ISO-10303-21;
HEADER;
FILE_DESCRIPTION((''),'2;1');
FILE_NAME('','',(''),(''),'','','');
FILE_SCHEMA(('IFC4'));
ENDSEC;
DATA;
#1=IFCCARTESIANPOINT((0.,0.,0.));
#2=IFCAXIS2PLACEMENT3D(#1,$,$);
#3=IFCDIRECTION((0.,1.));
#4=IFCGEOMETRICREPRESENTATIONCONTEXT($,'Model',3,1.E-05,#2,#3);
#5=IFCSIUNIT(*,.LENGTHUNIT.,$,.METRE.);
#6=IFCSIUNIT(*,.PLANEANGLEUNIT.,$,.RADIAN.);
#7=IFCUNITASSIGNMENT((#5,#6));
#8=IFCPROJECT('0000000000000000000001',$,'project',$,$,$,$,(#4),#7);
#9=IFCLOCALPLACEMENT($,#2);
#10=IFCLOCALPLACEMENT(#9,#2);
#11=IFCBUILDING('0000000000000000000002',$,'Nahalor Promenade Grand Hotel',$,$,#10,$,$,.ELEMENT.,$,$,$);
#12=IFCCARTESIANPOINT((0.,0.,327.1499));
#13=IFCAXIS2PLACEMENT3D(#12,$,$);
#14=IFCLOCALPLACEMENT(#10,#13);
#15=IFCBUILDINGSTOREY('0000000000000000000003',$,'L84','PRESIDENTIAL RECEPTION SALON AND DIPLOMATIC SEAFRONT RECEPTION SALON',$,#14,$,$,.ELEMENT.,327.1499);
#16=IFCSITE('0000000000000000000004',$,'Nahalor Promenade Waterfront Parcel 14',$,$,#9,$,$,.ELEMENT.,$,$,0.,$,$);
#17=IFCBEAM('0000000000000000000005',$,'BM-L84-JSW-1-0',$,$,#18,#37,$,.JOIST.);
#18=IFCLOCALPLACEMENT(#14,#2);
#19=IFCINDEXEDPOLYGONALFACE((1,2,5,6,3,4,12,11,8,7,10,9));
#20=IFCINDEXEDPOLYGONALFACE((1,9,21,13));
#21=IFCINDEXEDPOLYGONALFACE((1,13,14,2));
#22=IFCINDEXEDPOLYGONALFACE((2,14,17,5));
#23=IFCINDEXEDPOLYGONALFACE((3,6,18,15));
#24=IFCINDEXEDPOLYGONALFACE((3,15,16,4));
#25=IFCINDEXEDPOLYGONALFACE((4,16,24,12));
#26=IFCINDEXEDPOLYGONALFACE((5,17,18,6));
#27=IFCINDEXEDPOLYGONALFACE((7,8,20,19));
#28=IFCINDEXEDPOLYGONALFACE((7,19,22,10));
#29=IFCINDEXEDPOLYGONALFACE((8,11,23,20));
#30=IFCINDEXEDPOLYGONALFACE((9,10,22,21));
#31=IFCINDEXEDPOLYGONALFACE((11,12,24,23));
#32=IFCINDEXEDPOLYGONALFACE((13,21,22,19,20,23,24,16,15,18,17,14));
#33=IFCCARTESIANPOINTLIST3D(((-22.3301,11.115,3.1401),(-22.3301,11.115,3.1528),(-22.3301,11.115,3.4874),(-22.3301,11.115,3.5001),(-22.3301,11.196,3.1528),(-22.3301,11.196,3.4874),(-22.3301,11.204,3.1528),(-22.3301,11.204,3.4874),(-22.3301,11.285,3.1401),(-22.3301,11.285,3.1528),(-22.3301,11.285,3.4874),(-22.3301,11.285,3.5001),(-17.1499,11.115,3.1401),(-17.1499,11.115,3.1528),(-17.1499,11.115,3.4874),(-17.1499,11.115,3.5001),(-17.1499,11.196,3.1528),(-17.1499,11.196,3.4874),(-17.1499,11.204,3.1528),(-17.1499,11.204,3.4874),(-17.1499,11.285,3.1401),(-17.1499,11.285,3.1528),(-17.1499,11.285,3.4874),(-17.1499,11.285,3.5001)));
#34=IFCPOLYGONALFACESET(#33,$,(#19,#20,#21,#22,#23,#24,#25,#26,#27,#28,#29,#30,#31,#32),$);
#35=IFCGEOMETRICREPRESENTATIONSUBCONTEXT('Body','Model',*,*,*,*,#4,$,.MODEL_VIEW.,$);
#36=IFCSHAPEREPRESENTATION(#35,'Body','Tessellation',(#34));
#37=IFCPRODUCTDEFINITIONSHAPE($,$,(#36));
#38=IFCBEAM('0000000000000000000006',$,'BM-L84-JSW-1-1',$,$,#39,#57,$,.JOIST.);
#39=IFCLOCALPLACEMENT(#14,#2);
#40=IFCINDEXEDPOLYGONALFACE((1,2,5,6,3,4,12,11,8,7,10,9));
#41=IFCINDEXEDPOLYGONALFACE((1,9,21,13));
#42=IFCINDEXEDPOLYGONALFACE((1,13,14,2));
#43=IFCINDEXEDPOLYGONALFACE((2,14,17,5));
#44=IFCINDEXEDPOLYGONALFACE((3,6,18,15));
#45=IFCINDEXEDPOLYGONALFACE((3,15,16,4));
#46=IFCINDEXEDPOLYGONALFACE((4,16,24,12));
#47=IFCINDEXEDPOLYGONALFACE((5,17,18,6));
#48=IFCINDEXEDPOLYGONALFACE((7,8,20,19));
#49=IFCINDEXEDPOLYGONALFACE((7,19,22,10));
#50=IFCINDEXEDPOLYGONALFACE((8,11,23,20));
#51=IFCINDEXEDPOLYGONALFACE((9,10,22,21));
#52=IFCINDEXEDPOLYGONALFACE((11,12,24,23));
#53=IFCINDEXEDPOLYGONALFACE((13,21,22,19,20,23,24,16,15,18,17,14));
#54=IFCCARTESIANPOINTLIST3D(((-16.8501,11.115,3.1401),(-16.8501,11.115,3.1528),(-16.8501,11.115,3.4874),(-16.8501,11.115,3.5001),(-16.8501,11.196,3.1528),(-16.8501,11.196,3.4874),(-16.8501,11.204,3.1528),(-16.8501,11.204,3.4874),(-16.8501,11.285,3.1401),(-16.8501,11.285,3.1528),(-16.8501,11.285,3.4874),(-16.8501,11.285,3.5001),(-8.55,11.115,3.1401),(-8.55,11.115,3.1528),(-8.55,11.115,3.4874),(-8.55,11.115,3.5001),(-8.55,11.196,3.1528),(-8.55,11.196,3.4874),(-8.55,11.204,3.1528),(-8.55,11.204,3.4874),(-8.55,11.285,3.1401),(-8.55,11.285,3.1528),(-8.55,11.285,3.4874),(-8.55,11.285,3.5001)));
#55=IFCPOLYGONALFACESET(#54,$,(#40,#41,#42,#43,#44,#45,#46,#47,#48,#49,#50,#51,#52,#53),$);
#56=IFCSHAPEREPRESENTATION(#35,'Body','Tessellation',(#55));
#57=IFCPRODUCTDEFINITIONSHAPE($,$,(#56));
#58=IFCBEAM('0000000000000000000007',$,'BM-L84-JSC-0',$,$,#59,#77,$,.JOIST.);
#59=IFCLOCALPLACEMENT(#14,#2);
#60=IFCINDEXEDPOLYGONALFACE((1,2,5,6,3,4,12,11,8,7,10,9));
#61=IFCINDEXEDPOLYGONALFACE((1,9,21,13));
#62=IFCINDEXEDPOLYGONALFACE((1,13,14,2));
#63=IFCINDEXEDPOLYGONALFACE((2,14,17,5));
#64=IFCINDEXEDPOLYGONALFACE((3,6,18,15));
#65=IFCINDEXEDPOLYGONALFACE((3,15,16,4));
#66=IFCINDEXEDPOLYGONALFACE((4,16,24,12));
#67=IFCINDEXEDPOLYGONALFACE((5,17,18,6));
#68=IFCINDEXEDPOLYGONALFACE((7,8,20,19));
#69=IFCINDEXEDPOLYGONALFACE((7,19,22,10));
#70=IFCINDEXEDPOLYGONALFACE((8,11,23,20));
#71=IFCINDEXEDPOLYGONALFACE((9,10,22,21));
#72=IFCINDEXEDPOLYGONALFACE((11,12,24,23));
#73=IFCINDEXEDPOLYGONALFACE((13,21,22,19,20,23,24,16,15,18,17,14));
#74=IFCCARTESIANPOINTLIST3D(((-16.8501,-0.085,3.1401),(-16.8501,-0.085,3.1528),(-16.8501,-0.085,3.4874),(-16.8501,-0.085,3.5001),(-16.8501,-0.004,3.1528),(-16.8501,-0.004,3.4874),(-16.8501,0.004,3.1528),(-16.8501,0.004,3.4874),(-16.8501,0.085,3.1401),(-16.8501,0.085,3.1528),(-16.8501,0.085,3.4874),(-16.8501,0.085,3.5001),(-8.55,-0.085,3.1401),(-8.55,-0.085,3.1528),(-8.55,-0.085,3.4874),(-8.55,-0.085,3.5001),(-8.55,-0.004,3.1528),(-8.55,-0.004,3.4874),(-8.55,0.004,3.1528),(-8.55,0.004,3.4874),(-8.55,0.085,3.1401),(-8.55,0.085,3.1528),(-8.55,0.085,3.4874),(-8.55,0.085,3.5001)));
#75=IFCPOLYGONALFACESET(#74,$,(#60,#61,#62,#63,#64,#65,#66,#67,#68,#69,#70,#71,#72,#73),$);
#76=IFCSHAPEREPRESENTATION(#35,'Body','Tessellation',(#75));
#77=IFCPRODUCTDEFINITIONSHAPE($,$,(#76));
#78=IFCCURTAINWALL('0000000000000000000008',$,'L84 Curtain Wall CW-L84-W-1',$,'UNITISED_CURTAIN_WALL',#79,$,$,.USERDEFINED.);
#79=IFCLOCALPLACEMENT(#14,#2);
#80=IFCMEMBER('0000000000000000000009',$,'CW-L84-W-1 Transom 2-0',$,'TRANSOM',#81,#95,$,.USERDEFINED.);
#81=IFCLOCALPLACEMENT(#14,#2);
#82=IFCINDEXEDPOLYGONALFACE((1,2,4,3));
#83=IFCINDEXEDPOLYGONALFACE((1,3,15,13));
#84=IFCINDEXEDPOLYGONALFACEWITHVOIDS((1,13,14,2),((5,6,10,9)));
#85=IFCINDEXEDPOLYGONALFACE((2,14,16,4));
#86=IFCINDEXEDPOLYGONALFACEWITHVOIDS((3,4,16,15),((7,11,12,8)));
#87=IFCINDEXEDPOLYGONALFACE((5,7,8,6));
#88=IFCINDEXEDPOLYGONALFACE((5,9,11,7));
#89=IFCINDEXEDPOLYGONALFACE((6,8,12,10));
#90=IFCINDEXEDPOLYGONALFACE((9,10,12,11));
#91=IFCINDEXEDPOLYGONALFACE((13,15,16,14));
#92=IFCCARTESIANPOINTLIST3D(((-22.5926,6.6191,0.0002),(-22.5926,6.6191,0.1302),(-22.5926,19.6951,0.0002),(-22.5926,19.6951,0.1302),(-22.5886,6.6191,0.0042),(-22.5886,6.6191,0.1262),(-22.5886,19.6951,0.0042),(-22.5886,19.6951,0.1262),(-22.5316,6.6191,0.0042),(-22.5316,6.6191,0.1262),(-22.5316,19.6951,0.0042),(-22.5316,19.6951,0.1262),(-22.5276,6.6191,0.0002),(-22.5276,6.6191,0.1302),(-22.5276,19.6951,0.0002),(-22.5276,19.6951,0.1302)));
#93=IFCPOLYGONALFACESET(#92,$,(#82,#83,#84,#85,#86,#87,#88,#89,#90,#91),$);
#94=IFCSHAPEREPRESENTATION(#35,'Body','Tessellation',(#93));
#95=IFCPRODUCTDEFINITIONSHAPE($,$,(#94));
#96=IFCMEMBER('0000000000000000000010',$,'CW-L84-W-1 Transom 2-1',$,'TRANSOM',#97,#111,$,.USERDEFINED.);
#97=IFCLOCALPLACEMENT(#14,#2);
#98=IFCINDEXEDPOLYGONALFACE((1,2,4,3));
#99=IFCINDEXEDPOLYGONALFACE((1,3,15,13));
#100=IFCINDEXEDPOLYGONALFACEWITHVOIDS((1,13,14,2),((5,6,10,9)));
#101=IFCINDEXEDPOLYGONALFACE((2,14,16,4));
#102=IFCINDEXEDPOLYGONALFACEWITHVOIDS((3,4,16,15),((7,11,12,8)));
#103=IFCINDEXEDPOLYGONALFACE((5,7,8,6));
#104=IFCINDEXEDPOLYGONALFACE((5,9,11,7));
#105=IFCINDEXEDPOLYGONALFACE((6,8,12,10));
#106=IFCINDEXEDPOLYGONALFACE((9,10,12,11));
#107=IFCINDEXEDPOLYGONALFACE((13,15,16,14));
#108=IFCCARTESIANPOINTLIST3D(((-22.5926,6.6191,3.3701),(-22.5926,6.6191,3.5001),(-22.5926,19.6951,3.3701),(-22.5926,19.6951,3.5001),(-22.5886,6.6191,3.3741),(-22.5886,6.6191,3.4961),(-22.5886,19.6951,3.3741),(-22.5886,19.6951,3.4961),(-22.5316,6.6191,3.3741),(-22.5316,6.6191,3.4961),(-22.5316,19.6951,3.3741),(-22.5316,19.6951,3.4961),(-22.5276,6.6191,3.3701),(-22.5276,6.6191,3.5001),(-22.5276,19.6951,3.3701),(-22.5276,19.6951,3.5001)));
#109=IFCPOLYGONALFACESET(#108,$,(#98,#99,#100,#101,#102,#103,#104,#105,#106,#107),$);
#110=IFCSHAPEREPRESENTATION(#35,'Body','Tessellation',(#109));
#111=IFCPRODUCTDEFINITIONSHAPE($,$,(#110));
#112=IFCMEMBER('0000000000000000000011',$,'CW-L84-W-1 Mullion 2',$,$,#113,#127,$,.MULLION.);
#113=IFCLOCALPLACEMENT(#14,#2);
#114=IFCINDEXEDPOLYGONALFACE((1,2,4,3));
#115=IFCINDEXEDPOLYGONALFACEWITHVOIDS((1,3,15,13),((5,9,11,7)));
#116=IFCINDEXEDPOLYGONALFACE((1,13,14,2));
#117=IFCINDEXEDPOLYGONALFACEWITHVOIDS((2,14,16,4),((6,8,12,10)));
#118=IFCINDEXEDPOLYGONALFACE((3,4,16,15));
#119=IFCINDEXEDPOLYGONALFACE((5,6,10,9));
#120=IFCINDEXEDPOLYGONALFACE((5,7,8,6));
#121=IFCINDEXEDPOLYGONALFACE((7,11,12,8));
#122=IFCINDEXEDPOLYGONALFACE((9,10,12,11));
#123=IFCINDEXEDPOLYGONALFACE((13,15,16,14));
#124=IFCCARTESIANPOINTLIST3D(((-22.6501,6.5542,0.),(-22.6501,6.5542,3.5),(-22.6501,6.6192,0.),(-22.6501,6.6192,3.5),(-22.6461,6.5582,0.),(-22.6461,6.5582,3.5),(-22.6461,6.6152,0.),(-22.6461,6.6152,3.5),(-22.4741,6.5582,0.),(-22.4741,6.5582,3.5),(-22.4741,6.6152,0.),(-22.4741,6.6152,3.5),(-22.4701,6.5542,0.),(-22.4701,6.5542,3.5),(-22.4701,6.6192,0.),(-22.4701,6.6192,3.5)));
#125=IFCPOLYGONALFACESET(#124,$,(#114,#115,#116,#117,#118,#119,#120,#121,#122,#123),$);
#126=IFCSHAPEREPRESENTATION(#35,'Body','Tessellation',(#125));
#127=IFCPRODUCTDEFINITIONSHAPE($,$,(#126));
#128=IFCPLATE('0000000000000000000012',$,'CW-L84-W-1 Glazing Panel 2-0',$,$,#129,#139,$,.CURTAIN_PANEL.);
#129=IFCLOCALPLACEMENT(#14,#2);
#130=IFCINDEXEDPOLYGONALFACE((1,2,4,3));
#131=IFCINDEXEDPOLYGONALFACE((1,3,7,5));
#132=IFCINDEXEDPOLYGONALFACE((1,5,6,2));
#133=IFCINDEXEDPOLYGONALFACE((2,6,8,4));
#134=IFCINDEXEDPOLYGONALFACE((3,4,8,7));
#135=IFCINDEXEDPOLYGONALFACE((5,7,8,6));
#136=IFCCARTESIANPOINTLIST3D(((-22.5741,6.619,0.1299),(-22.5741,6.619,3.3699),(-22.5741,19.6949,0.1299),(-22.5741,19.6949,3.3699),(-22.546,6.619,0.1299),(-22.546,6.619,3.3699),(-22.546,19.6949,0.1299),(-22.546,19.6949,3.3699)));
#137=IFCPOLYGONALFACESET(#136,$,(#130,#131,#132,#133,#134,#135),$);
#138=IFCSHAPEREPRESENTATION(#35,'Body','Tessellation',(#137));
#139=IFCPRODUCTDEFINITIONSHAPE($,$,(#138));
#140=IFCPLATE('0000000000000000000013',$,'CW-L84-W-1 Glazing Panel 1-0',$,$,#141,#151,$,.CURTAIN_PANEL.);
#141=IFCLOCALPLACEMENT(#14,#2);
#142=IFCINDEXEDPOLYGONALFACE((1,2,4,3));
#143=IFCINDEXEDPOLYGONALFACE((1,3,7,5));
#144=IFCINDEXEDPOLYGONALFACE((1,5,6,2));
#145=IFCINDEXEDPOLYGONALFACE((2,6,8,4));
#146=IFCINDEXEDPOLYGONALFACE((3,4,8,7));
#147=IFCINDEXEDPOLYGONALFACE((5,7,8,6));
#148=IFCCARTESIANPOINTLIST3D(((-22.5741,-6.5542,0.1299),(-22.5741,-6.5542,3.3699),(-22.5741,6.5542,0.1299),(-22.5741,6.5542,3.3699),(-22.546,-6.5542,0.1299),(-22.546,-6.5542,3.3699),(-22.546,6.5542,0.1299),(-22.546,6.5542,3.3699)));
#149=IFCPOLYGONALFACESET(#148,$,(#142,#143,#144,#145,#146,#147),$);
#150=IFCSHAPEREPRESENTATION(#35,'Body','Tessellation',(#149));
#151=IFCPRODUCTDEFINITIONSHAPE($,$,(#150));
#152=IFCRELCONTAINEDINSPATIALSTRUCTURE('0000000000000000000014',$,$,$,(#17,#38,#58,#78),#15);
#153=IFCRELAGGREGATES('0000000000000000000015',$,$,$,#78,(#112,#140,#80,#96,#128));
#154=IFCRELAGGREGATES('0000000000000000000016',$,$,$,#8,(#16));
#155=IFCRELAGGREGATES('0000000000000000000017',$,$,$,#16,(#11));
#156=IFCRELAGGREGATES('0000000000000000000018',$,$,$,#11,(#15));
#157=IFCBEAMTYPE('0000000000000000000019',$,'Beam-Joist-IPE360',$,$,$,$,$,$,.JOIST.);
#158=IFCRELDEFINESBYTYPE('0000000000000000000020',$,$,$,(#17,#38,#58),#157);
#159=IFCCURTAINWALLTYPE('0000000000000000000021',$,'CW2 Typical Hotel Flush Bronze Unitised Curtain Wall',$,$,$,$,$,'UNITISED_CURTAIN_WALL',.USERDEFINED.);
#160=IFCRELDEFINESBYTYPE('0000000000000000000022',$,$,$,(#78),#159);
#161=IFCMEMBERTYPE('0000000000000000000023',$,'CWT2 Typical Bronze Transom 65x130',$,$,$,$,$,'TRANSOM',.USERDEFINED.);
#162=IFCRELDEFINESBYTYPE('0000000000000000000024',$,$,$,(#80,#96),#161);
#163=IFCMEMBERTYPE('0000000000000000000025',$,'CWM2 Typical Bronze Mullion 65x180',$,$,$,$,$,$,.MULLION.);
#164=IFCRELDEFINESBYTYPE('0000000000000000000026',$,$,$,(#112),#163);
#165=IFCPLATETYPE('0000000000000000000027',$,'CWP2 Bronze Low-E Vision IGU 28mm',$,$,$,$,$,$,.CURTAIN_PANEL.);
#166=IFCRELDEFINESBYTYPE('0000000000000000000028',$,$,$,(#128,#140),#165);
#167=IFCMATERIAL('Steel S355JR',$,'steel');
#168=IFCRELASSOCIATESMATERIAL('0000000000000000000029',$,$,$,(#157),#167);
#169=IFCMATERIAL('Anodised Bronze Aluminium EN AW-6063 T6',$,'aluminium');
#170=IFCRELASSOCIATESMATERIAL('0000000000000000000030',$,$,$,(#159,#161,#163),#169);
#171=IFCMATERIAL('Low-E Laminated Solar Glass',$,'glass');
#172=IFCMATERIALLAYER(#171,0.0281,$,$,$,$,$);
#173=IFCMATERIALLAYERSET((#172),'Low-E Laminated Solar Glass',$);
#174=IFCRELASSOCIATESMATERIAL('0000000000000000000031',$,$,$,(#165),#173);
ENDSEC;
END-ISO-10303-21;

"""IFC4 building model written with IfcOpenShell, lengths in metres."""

from ifc_helpers import new_model, si_unit, direction, frame, origin, origin_2d, place, context, subcontext, project, spatial, rectangle, hollow_rectangle, i_section, extrude, source, transform, mapped, material, layer, layer_set, material_profile, profile_set, type_object, element, aggregate, save


model = new_model("IFC4")

# Units and contexts
model_context = context("Model", 3, precision=1e-05, world=origin(), true_north=direction((0.0, 1.0)))
body_context = subcontext(model_context, "Body", "Model", "MODEL_VIEW")
ifc_project = project(units=[si_unit("LENGTHUNIT", "METRE"), si_unit("PLANEANGLEUNIT", "RADIAN")], contexts=[model_context])

# Site, building, storey
site_placement = place(None, origin())
site = spatial("IfcSite", under=ifc_project, at=site_placement, Name="Nahalor Promenade Waterfront Parcel 14", CompositionType="ELEMENT", RefElevation=0.0)
building_placement = place(site_placement, origin())
building = spatial("IfcBuilding", under=site, at=building_placement, Name="Nahalor Promenade Grand Hotel", CompositionType="ELEMENT")
storey_placement = place(building_placement, frame((0.0, 0.0, 327.1499)))
storey = spatial("IfcBuildingStorey", under=building, at=storey_placement, Name="L84", Description="PRESIDENTIAL RECEPTION SALON AND DIPLOMATIC SEAFRONT RECEPTION SALON", CompositionType="ELEMENT", Elevation=327.1499)

# Shared definitions
ifc_material_1 = material(Name="Steel S355JR", Category="steel")

# Beams
ifc_material_profile_1 = material_profile(ifc_material_1, i_section(OverallWidth=0.17, OverallDepth=0.36, WebThickness=0.008, FlangeThickness=0.0127, at=origin_2d()), Name="IPE 360")
ifc_profile_set_1 = profile_set([ifc_material_profile_1], Name="Steel S355JR")
beam_type_1 = type_object("IfcBeamType", Name="Beam-Joist-IPE360", PredefinedType="JOIST", material=ifc_profile_set_1)
shared_shape_1 = source(origin(), body_context, "Body", "SweptSolid", [
    extrude(i_section(OverallWidth=0.17, OverallDepth=0.36, WebThickness=0.008, FlangeThickness=0.0127, at=origin_2d()), origin(), (0.0, 0.0, 1.0), 5.1802),
])
beam_1_placement = place(storey_placement, frame((-22.3301, 11.2, 3.3201), z_axis=(1.0, 0.0, 0.0), x_axis=(0.0, 1.0, 0.0)))
element("IfcBeam", 1, at=beam_1_placement, inside=storey, type_object=beam_type_1, Name="BM-L84-JSW-1-0", PredefinedType="JOIST", context=body_context, shape_type="MappedRepresentation", body=[
    mapped(shared_shape_1, transform((0.0, 0.0, 0.0), scale=1.0)),
])
shared_shape_2 = source(origin(), body_context, "Body", "SweptSolid", [
    extrude(i_section(OverallWidth=0.17, OverallDepth=0.36, WebThickness=0.008, FlangeThickness=0.0127, at=origin_2d()), origin(), (0.0, 0.0, 1.0), 8.3),
])
for number, where, z_axis, x_axis, name in (
    (2, (-16.8501, 11.2, 3.3201), (1.0, 0.0, 0.0), (0.0, 1.0, 0.0), "BM-L84-JSW-1-1"),
    (3, (-16.8501, 0.0, 3.3201), (1.0, 0.0, 0.0), (0.0, 1.0, 0.0), "BM-L84-JSC-0"),
):
    element("IfcBeam", number, at=place(storey_placement, frame(where, z_axis=z_axis, x_axis=x_axis)), inside=storey, type_object=beam_type_1, Name=name, PredefinedType="JOIST", context=body_context, shape_type="MappedRepresentation", body=[
        mapped(shared_shape_2, transform((0.0, 0.0, 0.0), scale=1.0)),
    ])

# Curtain wall, members, plates
ifc_material_2 = material(Name="Anodised Bronze Aluminium EN AW-6063 T6", Category="aluminium")
curtain_wall_type = type_object("IfcCurtainWallType", Name="CW2 Typical Hotel Flush Bronze Unitised Curtain Wall", ElementType="UNITISED_CURTAIN_WALL", PredefinedType="USERDEFINED", material=ifc_material_2)
curtain_wall_placement = place(storey_placement, origin())
curtain_wall = element("IfcCurtainWall", 4, at=curtain_wall_placement, inside=storey, type_object=curtain_wall_type, Name="L84 Curtain Wall CW-L84-W-1", ObjectType="UNITISED_CURTAIN_WALL", PredefinedType="USERDEFINED")
ifc_material_profile_2 = material_profile(ifc_material_2, hollow_rectangle(XDim=0.065, YDim=0.13, WallThickness=0.004, at=origin_2d()), Name="CWT 65x130x4")
ifc_profile_set_2 = profile_set([ifc_material_profile_2], Name="Anodised Bronze Aluminium EN AW-6063 T6")
member_type_1 = type_object("IfcMemberType", Name="CWT2 Typical Bronze Transom 65x130", ElementType="TRANSOM", PredefinedType="USERDEFINED", material=ifc_profile_set_2)
shared_shape_3 = source(origin(), body_context, "Body", "SweptSolid", [
    extrude(hollow_rectangle(XDim=0.065, YDim=0.13, WallThickness=0.004, at=origin_2d()), origin(), (0.0, 0.0, 1.0), 13.0759),
])
member_1_placement = place(storey_placement, frame((-22.5601, 6.6191, 0.0652), z_axis=(0.0, 1.0, 0.0), x_axis=(-1.0, 0.0, 0.0)))
member_1 = element("IfcMember", 5, at=member_1_placement, type_object=member_type_1, Name="CW-L84-W-1 Transom 2-0", ObjectType="TRANSOM", PredefinedType="USERDEFINED", context=body_context, shape_type="MappedRepresentation", body=[
    mapped(shared_shape_3, transform((0.0, 0.0, 0.0), scale=1.0)),
])
member_2_placement = place(storey_placement, frame((-22.5601, 6.6191, 3.4351), z_axis=(0.0, 1.0, 0.0), x_axis=(-1.0, 0.0, 0.0)))
member_2 = element("IfcMember", 6, at=member_2_placement, type_object=member_type_1, Name="CW-L84-W-1 Transom 2-1", ObjectType="TRANSOM", PredefinedType="USERDEFINED", context=body_context, shape_type="MappedRepresentation", body=[
    mapped(shared_shape_3, transform((0.0, 0.0, 0.0), scale=1.0)),
])
ifc_material_profile_3 = material_profile(ifc_material_2, hollow_rectangle(XDim=0.065, YDim=0.18, WallThickness=0.004, at=origin_2d()), Name="CWM 65x180x4")
ifc_profile_set_3 = profile_set([ifc_material_profile_3], Name="Anodised Bronze Aluminium EN AW-6063 T6")
member_type_2 = type_object("IfcMemberType", Name="CWM2 Typical Bronze Mullion 65x180", PredefinedType="MULLION", material=ifc_profile_set_3)
shared_shape_4 = source(origin(), body_context, "Body", "SweptSolid", [
    extrude(hollow_rectangle(XDim=0.065, YDim=0.18, WallThickness=0.004, at=origin_2d()), origin(), (0.0, 0.0, 1.0), 3.5),
])
member_3_placement = place(storey_placement, frame((-22.5601, 6.5867, 0.0), z_axis=(0.0, 0.0, 1.0), x_axis=(0.0, 1.0, 0.0)))
member_3 = element("IfcMember", 7, at=member_3_placement, type_object=member_type_2, Name="CW-L84-W-1 Mullion 2", PredefinedType="MULLION", context=body_context, shape_type="MappedRepresentation", body=[
    mapped(shared_shape_4, transform((0.0, 0.0, 0.0), scale=1.0)),
])
ifc_material_3 = material(Name="Low-E Laminated Solar Glass", Category="glass")
ifc_layer_1 = layer(ifc_material_3, 0.0281)
ifc_layer_set_1 = layer_set([ifc_layer_1], Name="Low-E Laminated Solar Glass")
plate_type = type_object("IfcPlateType", Name="CWP2 Bronze Low-E Vision IGU 28mm", PredefinedType="CURTAIN_PANEL", material=ifc_layer_set_1)
shared_shape_5 = source(origin(), body_context, "Body", "SweptSolid", [
    extrude(rectangle(XDim=13.0759, YDim=0.0281, at=origin_2d()), origin(), (0.0, 0.0, 1.0), 3.24),
])
plate_1_placement = place(storey_placement, frame((-22.5601, 13.157, 0.1299), z_axis=(0.0, 0.0, 1.0), x_axis=(0.0, 1.0, 0.0)))
plate_1 = element("IfcPlate", 8, at=plate_1_placement, type_object=plate_type, Name="CW-L84-W-1 Glazing Panel 2-0", PredefinedType="CURTAIN_PANEL", context=body_context, shape_type="MappedRepresentation", body=[
    mapped(shared_shape_5, transform((0.0, 0.0, 0.0), scale=1.0)),
])
shared_shape_6 = source(origin(), body_context, "Body", "SweptSolid", [
    extrude(rectangle(XDim=13.1084, YDim=0.0281, at=origin_2d()), origin(), (0.0, 0.0, 1.0), 3.24),
])
plate_2_placement = place(storey_placement, frame((-22.5601, 0.0, 0.1299), z_axis=(0.0, 0.0, 1.0), x_axis=(0.0, 1.0, 0.0)))
plate_2 = element("IfcPlate", 9, at=plate_2_placement, type_object=plate_type, Name="CW-L84-W-1 Glazing Panel 1-0", PredefinedType="CURTAIN_PANEL", context=body_context, shape_type="MappedRepresentation", body=[
    mapped(shared_shape_6, transform((0.0, 0.0, 0.0), scale=1.0)),
])
aggregate(curtain_wall, [member_3, plate_2, member_1, member_2, plate_1])

save(model, "model.ifc")
